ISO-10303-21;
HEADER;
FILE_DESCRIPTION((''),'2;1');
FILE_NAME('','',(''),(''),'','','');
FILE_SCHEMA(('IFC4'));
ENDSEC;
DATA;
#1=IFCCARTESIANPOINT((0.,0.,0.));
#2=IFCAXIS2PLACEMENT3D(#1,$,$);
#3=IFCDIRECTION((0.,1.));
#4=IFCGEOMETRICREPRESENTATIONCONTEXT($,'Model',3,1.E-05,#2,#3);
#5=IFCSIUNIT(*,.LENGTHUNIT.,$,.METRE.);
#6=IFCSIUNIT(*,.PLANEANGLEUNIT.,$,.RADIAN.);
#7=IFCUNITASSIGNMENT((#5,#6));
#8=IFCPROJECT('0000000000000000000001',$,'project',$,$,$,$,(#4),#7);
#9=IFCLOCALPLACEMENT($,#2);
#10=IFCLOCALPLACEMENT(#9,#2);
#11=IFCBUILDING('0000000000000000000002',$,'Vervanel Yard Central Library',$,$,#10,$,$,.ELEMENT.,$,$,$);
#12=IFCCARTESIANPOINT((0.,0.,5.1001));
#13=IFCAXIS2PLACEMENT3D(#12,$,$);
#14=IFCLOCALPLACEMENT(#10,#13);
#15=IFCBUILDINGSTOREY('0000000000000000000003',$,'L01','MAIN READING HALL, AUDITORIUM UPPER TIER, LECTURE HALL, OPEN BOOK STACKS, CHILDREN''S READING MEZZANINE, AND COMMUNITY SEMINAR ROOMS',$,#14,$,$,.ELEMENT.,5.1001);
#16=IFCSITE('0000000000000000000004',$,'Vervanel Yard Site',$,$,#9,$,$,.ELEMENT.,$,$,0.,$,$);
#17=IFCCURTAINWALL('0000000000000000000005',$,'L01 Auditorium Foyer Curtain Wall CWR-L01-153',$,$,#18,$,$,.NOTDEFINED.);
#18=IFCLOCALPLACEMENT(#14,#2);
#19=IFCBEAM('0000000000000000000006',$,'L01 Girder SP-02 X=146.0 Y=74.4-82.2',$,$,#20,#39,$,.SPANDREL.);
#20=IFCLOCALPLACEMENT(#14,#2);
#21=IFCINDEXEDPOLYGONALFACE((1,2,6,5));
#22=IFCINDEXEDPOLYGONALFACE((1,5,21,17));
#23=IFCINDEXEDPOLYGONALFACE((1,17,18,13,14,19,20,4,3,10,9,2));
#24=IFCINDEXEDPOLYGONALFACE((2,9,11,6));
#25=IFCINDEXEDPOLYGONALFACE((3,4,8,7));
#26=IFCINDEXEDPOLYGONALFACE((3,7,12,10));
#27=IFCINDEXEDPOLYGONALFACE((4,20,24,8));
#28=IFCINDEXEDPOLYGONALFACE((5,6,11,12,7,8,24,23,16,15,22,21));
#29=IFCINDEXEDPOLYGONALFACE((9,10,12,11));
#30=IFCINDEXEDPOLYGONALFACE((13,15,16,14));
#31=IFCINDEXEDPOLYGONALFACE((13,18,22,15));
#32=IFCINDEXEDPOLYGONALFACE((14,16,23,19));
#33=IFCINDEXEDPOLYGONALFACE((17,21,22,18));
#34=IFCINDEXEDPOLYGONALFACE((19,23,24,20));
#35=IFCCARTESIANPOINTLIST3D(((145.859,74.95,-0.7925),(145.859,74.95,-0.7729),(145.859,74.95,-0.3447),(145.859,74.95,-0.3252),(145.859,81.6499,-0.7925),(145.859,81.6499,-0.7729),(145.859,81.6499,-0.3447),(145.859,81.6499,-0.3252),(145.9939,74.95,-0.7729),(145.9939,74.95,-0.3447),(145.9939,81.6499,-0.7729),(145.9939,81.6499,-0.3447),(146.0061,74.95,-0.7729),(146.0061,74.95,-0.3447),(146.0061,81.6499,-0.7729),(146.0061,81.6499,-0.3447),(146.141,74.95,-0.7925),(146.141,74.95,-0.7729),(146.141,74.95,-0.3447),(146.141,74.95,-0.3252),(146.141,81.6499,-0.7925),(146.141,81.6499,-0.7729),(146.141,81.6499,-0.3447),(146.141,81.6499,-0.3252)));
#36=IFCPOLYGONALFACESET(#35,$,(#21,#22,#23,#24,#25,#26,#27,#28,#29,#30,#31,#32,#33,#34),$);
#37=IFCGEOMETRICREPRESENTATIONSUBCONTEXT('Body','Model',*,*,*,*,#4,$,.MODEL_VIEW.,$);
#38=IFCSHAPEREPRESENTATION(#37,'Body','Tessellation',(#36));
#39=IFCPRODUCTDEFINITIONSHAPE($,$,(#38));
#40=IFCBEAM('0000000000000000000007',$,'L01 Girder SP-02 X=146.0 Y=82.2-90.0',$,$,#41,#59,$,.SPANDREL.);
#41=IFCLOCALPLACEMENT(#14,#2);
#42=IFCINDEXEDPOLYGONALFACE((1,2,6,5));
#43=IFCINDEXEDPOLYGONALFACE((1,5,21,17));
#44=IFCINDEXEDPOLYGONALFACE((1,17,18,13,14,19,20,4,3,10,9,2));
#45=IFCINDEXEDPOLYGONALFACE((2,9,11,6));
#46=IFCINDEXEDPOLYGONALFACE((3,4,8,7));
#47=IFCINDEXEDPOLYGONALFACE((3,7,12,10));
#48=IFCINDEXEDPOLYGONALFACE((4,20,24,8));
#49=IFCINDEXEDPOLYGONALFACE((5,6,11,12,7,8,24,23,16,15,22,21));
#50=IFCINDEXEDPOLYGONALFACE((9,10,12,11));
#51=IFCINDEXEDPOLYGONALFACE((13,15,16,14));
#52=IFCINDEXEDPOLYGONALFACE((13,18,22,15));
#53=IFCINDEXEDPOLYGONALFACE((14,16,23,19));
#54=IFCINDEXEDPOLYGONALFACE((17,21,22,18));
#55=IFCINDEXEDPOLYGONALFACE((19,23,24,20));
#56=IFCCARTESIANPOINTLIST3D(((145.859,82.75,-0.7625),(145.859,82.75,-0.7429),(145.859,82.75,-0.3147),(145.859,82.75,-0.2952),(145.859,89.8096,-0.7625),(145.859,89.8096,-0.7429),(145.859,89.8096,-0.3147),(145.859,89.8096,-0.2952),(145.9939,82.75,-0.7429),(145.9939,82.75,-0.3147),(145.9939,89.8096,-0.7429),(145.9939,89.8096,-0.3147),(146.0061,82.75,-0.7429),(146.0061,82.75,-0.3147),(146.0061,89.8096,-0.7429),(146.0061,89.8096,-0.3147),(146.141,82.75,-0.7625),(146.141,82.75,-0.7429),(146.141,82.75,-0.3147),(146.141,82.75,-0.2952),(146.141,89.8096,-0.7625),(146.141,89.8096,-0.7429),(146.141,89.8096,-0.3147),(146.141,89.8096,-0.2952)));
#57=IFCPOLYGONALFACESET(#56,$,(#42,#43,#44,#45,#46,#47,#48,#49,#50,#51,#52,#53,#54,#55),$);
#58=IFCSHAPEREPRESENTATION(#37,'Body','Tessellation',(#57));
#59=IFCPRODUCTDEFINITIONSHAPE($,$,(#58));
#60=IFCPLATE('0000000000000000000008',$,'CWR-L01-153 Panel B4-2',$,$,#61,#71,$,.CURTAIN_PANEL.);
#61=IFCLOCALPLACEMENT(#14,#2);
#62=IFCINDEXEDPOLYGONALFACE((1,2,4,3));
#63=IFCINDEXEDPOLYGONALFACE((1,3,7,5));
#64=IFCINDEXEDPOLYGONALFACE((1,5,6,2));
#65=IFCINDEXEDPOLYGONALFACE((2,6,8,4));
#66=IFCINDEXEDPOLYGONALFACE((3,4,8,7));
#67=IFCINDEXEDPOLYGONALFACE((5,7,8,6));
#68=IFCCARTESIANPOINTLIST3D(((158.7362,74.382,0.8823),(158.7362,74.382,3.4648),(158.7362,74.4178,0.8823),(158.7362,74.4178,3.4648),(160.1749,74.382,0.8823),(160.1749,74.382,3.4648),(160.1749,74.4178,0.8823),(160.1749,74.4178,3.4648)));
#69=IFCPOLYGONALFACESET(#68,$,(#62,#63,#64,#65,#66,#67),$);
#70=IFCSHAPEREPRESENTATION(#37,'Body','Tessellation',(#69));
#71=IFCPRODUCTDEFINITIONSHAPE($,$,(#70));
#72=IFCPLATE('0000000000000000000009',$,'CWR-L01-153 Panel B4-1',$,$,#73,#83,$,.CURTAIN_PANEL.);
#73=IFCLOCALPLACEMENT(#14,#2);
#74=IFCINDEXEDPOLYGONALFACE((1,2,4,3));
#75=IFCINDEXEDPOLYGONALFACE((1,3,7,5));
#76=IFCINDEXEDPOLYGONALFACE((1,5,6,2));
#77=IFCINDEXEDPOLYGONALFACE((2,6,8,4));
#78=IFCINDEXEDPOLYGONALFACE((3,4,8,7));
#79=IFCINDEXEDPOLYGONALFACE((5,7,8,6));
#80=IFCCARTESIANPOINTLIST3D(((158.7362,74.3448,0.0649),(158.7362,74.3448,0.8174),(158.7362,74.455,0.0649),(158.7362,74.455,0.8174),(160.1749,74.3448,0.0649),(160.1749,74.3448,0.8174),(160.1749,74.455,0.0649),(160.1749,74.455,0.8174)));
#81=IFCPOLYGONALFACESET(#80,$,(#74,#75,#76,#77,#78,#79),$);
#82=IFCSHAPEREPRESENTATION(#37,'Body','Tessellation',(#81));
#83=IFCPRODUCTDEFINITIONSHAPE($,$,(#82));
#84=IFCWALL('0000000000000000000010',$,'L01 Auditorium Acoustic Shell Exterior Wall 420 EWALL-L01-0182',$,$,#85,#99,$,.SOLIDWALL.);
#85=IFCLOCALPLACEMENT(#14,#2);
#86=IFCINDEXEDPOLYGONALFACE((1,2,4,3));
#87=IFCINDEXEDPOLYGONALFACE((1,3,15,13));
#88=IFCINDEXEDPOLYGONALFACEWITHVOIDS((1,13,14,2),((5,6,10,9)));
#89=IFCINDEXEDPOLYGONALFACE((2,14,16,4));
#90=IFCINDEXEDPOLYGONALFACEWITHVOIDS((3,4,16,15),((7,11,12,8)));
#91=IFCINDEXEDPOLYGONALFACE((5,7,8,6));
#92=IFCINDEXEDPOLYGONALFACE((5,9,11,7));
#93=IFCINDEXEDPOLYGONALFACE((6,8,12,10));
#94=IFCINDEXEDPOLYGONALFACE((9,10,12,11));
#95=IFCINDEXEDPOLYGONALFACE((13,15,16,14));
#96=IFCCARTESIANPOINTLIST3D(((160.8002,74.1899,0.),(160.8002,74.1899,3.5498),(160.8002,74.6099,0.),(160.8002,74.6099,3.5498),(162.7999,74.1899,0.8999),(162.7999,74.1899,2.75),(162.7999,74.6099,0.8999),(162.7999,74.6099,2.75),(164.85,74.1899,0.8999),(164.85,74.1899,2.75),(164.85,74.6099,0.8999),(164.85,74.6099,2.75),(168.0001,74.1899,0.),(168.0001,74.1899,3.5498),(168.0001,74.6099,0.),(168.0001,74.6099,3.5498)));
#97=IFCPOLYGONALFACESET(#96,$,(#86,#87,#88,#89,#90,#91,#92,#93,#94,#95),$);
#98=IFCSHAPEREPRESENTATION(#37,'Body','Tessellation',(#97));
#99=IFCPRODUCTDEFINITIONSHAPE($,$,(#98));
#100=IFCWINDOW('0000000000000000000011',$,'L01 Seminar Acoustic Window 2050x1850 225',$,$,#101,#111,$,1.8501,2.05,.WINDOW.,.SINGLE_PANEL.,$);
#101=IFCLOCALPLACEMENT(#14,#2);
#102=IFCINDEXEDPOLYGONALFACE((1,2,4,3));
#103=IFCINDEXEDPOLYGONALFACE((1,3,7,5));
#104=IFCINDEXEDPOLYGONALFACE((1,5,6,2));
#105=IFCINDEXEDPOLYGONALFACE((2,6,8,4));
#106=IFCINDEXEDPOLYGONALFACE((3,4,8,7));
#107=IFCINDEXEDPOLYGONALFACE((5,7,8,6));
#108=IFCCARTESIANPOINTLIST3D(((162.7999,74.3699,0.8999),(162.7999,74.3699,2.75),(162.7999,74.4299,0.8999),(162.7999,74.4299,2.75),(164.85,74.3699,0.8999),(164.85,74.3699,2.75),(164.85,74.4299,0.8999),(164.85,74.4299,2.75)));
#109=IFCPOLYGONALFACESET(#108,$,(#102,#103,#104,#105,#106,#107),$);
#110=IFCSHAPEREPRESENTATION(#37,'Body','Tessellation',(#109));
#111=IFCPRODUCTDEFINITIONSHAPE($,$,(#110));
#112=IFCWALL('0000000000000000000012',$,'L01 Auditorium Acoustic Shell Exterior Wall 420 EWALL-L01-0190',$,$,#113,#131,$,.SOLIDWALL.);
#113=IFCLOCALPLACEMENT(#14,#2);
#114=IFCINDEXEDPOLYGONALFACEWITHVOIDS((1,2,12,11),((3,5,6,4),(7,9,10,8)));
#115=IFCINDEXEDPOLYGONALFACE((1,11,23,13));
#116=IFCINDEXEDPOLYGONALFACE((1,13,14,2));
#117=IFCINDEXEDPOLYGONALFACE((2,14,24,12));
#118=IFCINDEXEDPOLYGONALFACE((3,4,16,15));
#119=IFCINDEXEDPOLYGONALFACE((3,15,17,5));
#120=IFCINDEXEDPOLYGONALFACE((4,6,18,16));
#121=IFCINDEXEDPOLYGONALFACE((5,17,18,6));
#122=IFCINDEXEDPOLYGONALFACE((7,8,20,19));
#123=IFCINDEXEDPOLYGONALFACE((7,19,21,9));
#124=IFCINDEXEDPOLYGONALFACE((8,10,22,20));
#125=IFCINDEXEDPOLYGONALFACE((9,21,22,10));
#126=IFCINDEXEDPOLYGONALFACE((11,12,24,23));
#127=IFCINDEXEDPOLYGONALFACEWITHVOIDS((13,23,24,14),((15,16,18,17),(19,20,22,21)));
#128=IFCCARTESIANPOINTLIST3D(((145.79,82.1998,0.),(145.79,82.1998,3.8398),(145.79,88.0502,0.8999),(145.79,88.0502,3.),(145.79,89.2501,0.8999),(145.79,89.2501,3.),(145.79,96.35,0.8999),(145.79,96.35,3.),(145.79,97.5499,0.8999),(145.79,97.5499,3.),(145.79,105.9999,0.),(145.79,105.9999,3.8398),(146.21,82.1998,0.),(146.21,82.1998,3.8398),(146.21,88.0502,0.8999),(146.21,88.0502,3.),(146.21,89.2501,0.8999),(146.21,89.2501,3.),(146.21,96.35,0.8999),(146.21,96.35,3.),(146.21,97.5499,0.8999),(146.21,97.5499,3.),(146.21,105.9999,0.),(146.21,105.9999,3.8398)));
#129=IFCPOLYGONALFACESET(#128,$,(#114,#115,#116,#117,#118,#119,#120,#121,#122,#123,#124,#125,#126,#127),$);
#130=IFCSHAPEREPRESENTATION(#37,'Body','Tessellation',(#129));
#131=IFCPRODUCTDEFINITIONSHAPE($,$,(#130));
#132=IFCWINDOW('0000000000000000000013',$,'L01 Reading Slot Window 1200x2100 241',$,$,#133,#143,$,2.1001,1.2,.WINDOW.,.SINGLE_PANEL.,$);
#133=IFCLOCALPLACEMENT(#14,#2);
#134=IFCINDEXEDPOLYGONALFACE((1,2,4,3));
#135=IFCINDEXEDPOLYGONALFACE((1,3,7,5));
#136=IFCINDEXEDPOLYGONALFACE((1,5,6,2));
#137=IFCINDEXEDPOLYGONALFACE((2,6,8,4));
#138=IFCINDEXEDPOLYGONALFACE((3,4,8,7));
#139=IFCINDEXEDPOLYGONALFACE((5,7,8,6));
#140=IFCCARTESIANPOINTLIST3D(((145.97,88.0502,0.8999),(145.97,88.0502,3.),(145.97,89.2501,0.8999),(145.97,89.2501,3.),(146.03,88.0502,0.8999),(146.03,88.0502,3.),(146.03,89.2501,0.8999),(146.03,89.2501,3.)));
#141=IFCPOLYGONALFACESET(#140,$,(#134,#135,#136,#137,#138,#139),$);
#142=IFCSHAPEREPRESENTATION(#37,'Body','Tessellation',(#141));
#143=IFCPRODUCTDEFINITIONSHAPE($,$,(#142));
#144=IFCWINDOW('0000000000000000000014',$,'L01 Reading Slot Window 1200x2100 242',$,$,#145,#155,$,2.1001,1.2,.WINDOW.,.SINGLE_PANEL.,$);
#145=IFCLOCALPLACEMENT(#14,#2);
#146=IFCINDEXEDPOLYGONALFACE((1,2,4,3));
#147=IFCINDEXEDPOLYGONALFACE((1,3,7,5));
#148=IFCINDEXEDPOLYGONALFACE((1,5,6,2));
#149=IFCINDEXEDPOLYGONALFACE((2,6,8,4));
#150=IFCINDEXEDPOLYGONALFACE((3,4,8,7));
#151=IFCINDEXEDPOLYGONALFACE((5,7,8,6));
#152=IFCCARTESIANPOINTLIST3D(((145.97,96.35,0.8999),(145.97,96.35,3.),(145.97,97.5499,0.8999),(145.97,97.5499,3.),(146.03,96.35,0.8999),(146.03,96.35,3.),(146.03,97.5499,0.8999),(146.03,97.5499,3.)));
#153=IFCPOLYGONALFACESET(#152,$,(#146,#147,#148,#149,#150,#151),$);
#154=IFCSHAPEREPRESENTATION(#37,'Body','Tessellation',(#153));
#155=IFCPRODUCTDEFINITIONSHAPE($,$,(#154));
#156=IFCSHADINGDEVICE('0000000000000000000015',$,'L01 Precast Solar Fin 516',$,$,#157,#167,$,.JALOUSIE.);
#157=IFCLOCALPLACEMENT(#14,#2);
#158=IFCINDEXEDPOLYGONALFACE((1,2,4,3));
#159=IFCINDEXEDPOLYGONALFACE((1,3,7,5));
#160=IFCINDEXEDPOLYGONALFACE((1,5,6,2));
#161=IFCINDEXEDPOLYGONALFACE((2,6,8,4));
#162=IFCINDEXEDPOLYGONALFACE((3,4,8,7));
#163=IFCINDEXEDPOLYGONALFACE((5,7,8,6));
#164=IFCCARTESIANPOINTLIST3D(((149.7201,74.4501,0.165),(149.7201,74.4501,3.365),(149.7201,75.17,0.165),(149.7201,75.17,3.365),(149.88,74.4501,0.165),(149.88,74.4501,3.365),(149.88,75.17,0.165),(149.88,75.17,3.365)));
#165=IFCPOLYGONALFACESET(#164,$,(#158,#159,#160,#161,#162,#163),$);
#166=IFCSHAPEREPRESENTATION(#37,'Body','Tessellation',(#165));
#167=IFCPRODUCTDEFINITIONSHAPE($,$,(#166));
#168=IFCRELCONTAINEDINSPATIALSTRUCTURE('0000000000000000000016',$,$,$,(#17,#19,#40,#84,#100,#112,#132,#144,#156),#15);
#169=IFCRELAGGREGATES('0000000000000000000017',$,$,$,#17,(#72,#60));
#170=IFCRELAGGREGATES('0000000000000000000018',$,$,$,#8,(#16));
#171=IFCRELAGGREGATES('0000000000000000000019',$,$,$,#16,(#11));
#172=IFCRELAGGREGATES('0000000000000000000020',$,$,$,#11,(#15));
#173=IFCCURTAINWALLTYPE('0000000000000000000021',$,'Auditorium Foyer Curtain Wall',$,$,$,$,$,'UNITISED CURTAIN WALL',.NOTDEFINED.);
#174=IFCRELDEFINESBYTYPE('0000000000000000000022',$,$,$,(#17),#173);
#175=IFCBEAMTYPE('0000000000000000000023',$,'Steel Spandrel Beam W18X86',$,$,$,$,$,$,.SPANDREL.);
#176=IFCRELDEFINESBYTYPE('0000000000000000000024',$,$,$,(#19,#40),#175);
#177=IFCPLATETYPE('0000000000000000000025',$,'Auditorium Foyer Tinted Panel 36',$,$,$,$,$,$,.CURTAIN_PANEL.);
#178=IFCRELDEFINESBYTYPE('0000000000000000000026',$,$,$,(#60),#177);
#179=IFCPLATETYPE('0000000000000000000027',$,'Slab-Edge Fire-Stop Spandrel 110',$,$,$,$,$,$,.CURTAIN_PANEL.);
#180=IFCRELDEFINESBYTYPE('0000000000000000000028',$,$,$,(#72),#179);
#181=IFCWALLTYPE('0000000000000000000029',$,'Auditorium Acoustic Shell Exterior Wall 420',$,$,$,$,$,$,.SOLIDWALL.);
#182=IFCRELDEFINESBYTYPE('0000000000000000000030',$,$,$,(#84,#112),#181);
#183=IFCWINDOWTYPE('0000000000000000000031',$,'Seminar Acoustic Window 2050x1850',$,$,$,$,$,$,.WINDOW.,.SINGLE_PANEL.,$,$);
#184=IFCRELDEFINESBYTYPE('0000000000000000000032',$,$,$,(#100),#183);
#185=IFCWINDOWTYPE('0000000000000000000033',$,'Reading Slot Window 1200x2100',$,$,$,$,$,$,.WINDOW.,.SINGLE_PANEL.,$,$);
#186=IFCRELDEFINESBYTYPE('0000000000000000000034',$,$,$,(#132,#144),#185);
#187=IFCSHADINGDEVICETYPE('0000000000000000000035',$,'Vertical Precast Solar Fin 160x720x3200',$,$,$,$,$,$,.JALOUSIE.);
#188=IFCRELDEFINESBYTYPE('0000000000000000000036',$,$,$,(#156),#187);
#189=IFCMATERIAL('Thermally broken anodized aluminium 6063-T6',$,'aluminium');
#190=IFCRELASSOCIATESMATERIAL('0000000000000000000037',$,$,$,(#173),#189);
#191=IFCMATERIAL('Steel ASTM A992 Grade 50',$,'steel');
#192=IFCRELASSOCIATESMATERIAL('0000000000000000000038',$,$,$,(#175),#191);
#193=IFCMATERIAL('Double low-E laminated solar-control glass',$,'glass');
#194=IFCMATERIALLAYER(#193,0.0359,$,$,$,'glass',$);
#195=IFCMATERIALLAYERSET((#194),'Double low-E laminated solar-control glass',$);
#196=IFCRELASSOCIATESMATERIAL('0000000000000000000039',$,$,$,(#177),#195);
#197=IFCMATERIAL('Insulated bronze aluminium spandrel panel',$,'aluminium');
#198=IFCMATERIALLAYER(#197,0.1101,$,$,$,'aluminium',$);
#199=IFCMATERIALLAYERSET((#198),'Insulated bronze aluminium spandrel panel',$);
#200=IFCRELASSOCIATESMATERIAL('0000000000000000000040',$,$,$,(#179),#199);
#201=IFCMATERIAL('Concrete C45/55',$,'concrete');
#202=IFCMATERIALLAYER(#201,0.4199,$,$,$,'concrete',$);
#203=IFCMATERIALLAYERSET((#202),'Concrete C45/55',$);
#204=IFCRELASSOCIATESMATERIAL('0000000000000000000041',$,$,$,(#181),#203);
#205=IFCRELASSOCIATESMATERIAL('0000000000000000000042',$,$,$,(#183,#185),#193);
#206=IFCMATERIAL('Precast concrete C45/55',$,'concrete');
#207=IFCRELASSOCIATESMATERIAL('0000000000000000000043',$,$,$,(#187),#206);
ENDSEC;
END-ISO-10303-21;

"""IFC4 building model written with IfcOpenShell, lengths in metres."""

from ifc_helpers import new_model, si_unit, direction, frame, frame_2d, origin, origin_2d, place, context, subcontext, project, spatial, rectangle, i_section, extrude, material, layer, layer_set, material_profile, profile_set, type_object, element, fill, aggregate, save


model = new_model("IFC4")

# Units and contexts
model_context = context("Model", 3, precision=1e-05, world=origin(), true_north=direction((0.0, 1.0)))
body_context = subcontext(model_context, "Body", "Model", "MODEL_VIEW")
ifc_project = project(units=[si_unit("LENGTHUNIT", "METRE"), si_unit("PLANEANGLEUNIT", "RADIAN")], contexts=[model_context])

# Site, building, storey
site_placement = place(None, origin())
site = spatial("IfcSite", under=ifc_project, at=site_placement, Name="Vervanel Yard Site", CompositionType="ELEMENT", RefElevation=0.0)
building_placement = place(site_placement, origin())
building = spatial("IfcBuilding", under=site, at=building_placement, Name="Vervanel Yard Central Library", CompositionType="ELEMENT")
storey_placement = place(building_placement, frame((0.0, 0.0, 5.1001)))
storey = spatial("IfcBuildingStorey", under=building, at=storey_placement, Name="L01", Description="MAIN READING HALL, AUDITORIUM UPPER TIER, LECTURE HALL, OPEN BOOK STACKS, CHILDREN'S READING MEZZANINE, AND COMMUNITY SEMINAR ROOMS", CompositionType="ELEMENT", Elevation=5.1001)

# Shared definitions
ifc_material_1 = material(Name="Concrete C45/55", Category="concrete")
ifc_material_2 = material(Name="Steel ASTM A992 Grade 50", Category="steel")

# Curtain wall
ifc_material_3 = material(Name="Thermally broken anodized aluminium 6063-T6", Category="aluminium")
curtain_wall_type = type_object("IfcCurtainWallType", Name="Auditorium Foyer Curtain Wall", ElementType="UNITISED CURTAIN WALL", PredefinedType="NOTDEFINED", material=ifc_material_3)
curtain_wall_placement = place(storey_placement, origin())
curtain_wall = element("IfcCurtainWall", 1, at=curtain_wall_placement, inside=storey, type_object=curtain_wall_type, Name="L01 Auditorium Foyer Curtain Wall CWR-L01-153", PredefinedType="NOTDEFINED")

# Beams
ifc_material_profile_1 = material_profile(ifc_material_2, i_section(OverallWidth=0.282, OverallDepth=0.4673, WebThickness=0.0122, FlangeThickness=0.0195, at=origin_2d()), Name="W18X86", Category="steel")
ifc_profile_set_1 = profile_set([ifc_material_profile_1], Name="Steel ASTM A992 Grade 50")
beam_type = type_object("IfcBeamType", Name="Steel Spandrel Beam W18X86", PredefinedType="SPANDREL", material=ifc_profile_set_1)
beam_1_placement = place(storey_placement, frame((146.0, 74.95, -0.5588), z_axis=(0.0, 1.0, 0.0), x_axis=(-1.0, 0.0, 0.0)))
element("IfcBeam", 2, at=beam_1_placement, inside=storey, type_object=beam_type, Name="L01 Girder SP-02 X=146.0 Y=74.4-82.2", PredefinedType="SPANDREL", context=body_context, shape_type="SweptSolid", body=[
    extrude(i_section(OverallWidth=0.282, OverallDepth=0.4673, WebThickness=0.0122, FlangeThickness=0.0195, at=origin_2d()), origin(), (0.0, 0.0, 1.0), 6.7),
])
beam_2_placement = place(storey_placement, frame((146.0, 82.75, -0.5288), z_axis=(0.0, 1.0, 0.0), x_axis=(-1.0, 0.0, 0.0)))
element("IfcBeam", 3, at=beam_2_placement, inside=storey, type_object=beam_type, Name="L01 Girder SP-02 X=146.0 Y=82.2-90.0", PredefinedType="SPANDREL", context=body_context, shape_type="SweptSolid", body=[
    extrude(i_section(OverallWidth=0.282, OverallDepth=0.4673, WebThickness=0.0122, FlangeThickness=0.0195, at=origin_2d()), origin(), (0.0, 0.0, 1.0), 7.0596),
])

# Plates
ifc_material_4 = material(Name="Double low-E laminated solar-control glass", Category="glass")
ifc_layer_1 = layer(ifc_material_4, 0.0359, Category="glass")
ifc_layer_set_1 = layer_set([ifc_layer_1], Name="Double low-E laminated solar-control glass")
plate_type_1 = type_object("IfcPlateType", Name="Auditorium Foyer Tinted Panel 36", PredefinedType="CURTAIN_PANEL", material=ifc_layer_set_1)
plate_1_placement = place(storey_placement, frame((159.4556, 74.3999, 0.8823), z_axis=(0.0, 0.0, 1.0), x_axis=(1.0, 0.0, 0.0)))
plate_1 = element("IfcPlate", 4, at=plate_1_placement, type_object=plate_type_1, Name="CWR-L01-153 Panel B4-2", PredefinedType="CURTAIN_PANEL", context=body_context, shape_type="SweptSolid", body=[
    extrude(rectangle(XDim=1.4387, YDim=0.0359, at=origin_2d()), origin(), (0.0, 0.0, 1.0), 2.5825),
])
ifc_material_5 = material(Name="Insulated bronze aluminium spandrel panel", Category="aluminium")
ifc_layer_2 = layer(ifc_material_5, 0.1101, Category="aluminium")
ifc_layer_set_2 = layer_set([ifc_layer_2], Name="Insulated bronze aluminium spandrel panel")
plate_type_2 = type_object("IfcPlateType", Name="Slab-Edge Fire-Stop Spandrel 110", PredefinedType="CURTAIN_PANEL", material=ifc_layer_set_2)
plate_2_placement = place(storey_placement, frame((159.4556, 74.3999, 0.0649), z_axis=(0.0, 0.0, 1.0), x_axis=(1.0, 0.0, 0.0)))
plate_2 = element("IfcPlate", 5, at=plate_2_placement, type_object=plate_type_2, Name="CWR-L01-153 Panel B4-1", PredefinedType="CURTAIN_PANEL", context=body_context, shape_type="SweptSolid", body=[
    extrude(rectangle(XDim=1.4387, YDim=0.1101, at=origin_2d()), origin(), (0.0, 0.0, 1.0), 0.7524),
])
aggregate(curtain_wall, [plate_2, plate_1])

# Wall, opening, window
ifc_layer_3 = layer(ifc_material_1, 0.4199, Category="concrete")
ifc_layer_set_3 = layer_set([ifc_layer_3], Name="Concrete C45/55")
wall_type = type_object("IfcWallType", Name="Auditorium Acoustic Shell Exterior Wall 420", PredefinedType="SOLIDWALL", material=ifc_layer_set_3)
wall_1_placement = place(storey_placement, frame((160.8, 74.3999, 0.0), z_axis=(0.0, 0.0, 1.0), x_axis=(1.0, 0.0, 0.0)))
wall_1 = element("IfcWall", 6, at=wall_1_placement, inside=storey, type_object=wall_type, Name="L01 Auditorium Acoustic Shell Exterior Wall 420 EWALL-L01-0182", PredefinedType="SOLIDWALL", context=body_context, shape_type="SweptSolid", body=[
    extrude(rectangle(XDim=7.2, YDim=0.4199, at=frame_2d((3.6001, 0.0))), origin(), (0.0, 0.0, 1.0), 3.5498),
])
opening_1_placement = place(wall_1_placement, frame((2.0, 0.0, 0.8999)))
opening_1 = element("IfcOpeningElement", 7, at=opening_1_placement, cuts=wall_1, PredefinedType="OPENING", context=body_context, shape_type="SweptSolid", body=[
    extrude(rectangle(XDim=2.05, YDim=1.8501, at=frame_2d((1.0249, 0.925))), frame((0.0, 0.22, 0.0), z_axis=(0.0, -1.0, 0.0), x_axis=(1.0, 0.0, 0.0)), (0.0, 0.0, 1.0), 0.4399),
])
window_type_1 = type_object("IfcWindowType", Name="Seminar Acoustic Window 2050x1850", PartitioningType="SINGLE_PANEL", PredefinedType="WINDOW", material=ifc_material_4)
window_1_placement = place(opening_1_placement, origin())
window_1 = element("IfcWindow", 8, at=window_1_placement, inside=storey, type_object=window_type_1, Name="L01 Seminar Acoustic Window 2050x1850 225", OverallHeight=1.8501, OverallWidth=2.05, PartitioningType="SINGLE_PANEL", PredefinedType="WINDOW", context=body_context, shape_type="SweptSolid", body=[
    extrude(rectangle(XDim=2.05, YDim=1.8501, at=frame_2d((1.0249, 0.925))), frame((0.0, 0.03, 0.0), z_axis=(0.0, -1.0, 0.0), x_axis=(1.0, 0.0, 0.0)), (0.0, 0.0, 1.0), 0.0601),
])
fill(opening_1, window_1)

# Wall, openings, windows
wall_2_placement = place(storey_placement, frame((146.0, 82.2, 0.0), z_axis=(0.0, 0.0, 1.0), x_axis=(0.0, 1.0, 0.0)))
wall_2 = element("IfcWall", 9, at=wall_2_placement, inside=storey, type_object=wall_type, Name="L01 Auditorium Acoustic Shell Exterior Wall 420 EWALL-L01-0190", PredefinedType="SOLIDWALL", context=body_context, shape_type="SweptSolid", body=[
    extrude(rectangle(XDim=23.8, YDim=0.4199, at=frame_2d((11.8999, 0.0))), origin(), (0.0, 0.0, 1.0), 3.8398),
])
opening_2_placement = place(wall_2_placement, frame((5.8501, 0.0, 0.8999)))
opening_2 = element("IfcOpeningElement", 10, at=opening_2_placement, cuts=wall_2, PredefinedType="OPENING", context=body_context, shape_type="SweptSolid", body=[
    extrude(rectangle(XDim=1.2, YDim=2.1001, at=frame_2d((0.6001, 1.05))), frame((0.0, 0.22, 0.0), z_axis=(0.0, -1.0, 0.0), x_axis=(1.0, 0.0, 0.0)), (0.0, 0.0, 1.0), 0.4399),
])
opening_3_placement = place(wall_2_placement, frame((14.1499, 0.0, 0.8999)))
opening_3 = element("IfcOpeningElement", 11, at=opening_3_placement, cuts=wall_2, PredefinedType="OPENING", context=body_context, shape_type="SweptSolid", body=[
    extrude(rectangle(XDim=1.2, YDim=2.1001, at=frame_2d((0.6001, 1.05))), frame((0.0, 0.22, 0.0), z_axis=(0.0, -1.0, 0.0), x_axis=(1.0, 0.0, 0.0)), (0.0, 0.0, 1.0), 0.4399),
])
window_type_2 = type_object("IfcWindowType", Name="Reading Slot Window 1200x2100", PartitioningType="SINGLE_PANEL", PredefinedType="WINDOW", material=ifc_material_4)
window_2_placement = place(opening_2_placement, origin())
window_2 = element("IfcWindow", 12, at=window_2_placement, inside=storey, type_object=window_type_2, Name="L01 Reading Slot Window 1200x2100 241", OverallHeight=2.1001, OverallWidth=1.2, PartitioningType="SINGLE_PANEL", PredefinedType="WINDOW", context=body_context, shape_type="SweptSolid", body=[
    extrude(rectangle(XDim=1.2, YDim=2.1001, at=frame_2d((0.6001, 1.05))), frame((0.0, 0.03, 0.0), z_axis=(0.0, -1.0, 0.0), x_axis=(1.0, 0.0, 0.0)), (0.0, 0.0, 1.0), 0.0601),
])
fill(opening_2, window_2)
window_3_placement = place(opening_3_placement, origin())
window_3 = element("IfcWindow", 13, at=window_3_placement, inside=storey, type_object=window_type_2, Name="L01 Reading Slot Window 1200x2100 242", OverallHeight=2.1001, OverallWidth=1.2, PartitioningType="SINGLE_PANEL", PredefinedType="WINDOW", context=body_context, shape_type="SweptSolid", body=[
    extrude(rectangle(XDim=1.2, YDim=2.1001, at=frame_2d((0.6001, 1.05))), frame((0.0, 0.03, 0.0), z_axis=(0.0, -1.0, 0.0), x_axis=(1.0, 0.0, 0.0)), (0.0, 0.0, 1.0), 0.0601),
])
fill(opening_3, window_3)

# Shading device
ifc_material_6 = material(Name="Precast concrete C45/55", Category="concrete")
shading_device_type = type_object("IfcShadingDeviceType", Name="Vertical Precast Solar Fin 160x720x3200", PredefinedType="JALOUSIE", material=ifc_material_6)
shading_device_placement = place(storey_placement, frame((149.8, 74.8101, 0.165), z_axis=(0.0, 0.0, 1.0), x_axis=(1.0, 0.0, 0.0)))
element("IfcShadingDevice", 14, at=shading_device_placement, inside=storey, type_object=shading_device_type, Name="L01 Precast Solar Fin 516", PredefinedType="JALOUSIE", context=body_context, shape_type="SweptSolid", body=[
    extrude(rectangle(XDim=0.1599, YDim=0.72, at=origin_2d()), origin(), (0.0, 0.0, 1.0), 3.2),
])

save(model, "model.ifc")
